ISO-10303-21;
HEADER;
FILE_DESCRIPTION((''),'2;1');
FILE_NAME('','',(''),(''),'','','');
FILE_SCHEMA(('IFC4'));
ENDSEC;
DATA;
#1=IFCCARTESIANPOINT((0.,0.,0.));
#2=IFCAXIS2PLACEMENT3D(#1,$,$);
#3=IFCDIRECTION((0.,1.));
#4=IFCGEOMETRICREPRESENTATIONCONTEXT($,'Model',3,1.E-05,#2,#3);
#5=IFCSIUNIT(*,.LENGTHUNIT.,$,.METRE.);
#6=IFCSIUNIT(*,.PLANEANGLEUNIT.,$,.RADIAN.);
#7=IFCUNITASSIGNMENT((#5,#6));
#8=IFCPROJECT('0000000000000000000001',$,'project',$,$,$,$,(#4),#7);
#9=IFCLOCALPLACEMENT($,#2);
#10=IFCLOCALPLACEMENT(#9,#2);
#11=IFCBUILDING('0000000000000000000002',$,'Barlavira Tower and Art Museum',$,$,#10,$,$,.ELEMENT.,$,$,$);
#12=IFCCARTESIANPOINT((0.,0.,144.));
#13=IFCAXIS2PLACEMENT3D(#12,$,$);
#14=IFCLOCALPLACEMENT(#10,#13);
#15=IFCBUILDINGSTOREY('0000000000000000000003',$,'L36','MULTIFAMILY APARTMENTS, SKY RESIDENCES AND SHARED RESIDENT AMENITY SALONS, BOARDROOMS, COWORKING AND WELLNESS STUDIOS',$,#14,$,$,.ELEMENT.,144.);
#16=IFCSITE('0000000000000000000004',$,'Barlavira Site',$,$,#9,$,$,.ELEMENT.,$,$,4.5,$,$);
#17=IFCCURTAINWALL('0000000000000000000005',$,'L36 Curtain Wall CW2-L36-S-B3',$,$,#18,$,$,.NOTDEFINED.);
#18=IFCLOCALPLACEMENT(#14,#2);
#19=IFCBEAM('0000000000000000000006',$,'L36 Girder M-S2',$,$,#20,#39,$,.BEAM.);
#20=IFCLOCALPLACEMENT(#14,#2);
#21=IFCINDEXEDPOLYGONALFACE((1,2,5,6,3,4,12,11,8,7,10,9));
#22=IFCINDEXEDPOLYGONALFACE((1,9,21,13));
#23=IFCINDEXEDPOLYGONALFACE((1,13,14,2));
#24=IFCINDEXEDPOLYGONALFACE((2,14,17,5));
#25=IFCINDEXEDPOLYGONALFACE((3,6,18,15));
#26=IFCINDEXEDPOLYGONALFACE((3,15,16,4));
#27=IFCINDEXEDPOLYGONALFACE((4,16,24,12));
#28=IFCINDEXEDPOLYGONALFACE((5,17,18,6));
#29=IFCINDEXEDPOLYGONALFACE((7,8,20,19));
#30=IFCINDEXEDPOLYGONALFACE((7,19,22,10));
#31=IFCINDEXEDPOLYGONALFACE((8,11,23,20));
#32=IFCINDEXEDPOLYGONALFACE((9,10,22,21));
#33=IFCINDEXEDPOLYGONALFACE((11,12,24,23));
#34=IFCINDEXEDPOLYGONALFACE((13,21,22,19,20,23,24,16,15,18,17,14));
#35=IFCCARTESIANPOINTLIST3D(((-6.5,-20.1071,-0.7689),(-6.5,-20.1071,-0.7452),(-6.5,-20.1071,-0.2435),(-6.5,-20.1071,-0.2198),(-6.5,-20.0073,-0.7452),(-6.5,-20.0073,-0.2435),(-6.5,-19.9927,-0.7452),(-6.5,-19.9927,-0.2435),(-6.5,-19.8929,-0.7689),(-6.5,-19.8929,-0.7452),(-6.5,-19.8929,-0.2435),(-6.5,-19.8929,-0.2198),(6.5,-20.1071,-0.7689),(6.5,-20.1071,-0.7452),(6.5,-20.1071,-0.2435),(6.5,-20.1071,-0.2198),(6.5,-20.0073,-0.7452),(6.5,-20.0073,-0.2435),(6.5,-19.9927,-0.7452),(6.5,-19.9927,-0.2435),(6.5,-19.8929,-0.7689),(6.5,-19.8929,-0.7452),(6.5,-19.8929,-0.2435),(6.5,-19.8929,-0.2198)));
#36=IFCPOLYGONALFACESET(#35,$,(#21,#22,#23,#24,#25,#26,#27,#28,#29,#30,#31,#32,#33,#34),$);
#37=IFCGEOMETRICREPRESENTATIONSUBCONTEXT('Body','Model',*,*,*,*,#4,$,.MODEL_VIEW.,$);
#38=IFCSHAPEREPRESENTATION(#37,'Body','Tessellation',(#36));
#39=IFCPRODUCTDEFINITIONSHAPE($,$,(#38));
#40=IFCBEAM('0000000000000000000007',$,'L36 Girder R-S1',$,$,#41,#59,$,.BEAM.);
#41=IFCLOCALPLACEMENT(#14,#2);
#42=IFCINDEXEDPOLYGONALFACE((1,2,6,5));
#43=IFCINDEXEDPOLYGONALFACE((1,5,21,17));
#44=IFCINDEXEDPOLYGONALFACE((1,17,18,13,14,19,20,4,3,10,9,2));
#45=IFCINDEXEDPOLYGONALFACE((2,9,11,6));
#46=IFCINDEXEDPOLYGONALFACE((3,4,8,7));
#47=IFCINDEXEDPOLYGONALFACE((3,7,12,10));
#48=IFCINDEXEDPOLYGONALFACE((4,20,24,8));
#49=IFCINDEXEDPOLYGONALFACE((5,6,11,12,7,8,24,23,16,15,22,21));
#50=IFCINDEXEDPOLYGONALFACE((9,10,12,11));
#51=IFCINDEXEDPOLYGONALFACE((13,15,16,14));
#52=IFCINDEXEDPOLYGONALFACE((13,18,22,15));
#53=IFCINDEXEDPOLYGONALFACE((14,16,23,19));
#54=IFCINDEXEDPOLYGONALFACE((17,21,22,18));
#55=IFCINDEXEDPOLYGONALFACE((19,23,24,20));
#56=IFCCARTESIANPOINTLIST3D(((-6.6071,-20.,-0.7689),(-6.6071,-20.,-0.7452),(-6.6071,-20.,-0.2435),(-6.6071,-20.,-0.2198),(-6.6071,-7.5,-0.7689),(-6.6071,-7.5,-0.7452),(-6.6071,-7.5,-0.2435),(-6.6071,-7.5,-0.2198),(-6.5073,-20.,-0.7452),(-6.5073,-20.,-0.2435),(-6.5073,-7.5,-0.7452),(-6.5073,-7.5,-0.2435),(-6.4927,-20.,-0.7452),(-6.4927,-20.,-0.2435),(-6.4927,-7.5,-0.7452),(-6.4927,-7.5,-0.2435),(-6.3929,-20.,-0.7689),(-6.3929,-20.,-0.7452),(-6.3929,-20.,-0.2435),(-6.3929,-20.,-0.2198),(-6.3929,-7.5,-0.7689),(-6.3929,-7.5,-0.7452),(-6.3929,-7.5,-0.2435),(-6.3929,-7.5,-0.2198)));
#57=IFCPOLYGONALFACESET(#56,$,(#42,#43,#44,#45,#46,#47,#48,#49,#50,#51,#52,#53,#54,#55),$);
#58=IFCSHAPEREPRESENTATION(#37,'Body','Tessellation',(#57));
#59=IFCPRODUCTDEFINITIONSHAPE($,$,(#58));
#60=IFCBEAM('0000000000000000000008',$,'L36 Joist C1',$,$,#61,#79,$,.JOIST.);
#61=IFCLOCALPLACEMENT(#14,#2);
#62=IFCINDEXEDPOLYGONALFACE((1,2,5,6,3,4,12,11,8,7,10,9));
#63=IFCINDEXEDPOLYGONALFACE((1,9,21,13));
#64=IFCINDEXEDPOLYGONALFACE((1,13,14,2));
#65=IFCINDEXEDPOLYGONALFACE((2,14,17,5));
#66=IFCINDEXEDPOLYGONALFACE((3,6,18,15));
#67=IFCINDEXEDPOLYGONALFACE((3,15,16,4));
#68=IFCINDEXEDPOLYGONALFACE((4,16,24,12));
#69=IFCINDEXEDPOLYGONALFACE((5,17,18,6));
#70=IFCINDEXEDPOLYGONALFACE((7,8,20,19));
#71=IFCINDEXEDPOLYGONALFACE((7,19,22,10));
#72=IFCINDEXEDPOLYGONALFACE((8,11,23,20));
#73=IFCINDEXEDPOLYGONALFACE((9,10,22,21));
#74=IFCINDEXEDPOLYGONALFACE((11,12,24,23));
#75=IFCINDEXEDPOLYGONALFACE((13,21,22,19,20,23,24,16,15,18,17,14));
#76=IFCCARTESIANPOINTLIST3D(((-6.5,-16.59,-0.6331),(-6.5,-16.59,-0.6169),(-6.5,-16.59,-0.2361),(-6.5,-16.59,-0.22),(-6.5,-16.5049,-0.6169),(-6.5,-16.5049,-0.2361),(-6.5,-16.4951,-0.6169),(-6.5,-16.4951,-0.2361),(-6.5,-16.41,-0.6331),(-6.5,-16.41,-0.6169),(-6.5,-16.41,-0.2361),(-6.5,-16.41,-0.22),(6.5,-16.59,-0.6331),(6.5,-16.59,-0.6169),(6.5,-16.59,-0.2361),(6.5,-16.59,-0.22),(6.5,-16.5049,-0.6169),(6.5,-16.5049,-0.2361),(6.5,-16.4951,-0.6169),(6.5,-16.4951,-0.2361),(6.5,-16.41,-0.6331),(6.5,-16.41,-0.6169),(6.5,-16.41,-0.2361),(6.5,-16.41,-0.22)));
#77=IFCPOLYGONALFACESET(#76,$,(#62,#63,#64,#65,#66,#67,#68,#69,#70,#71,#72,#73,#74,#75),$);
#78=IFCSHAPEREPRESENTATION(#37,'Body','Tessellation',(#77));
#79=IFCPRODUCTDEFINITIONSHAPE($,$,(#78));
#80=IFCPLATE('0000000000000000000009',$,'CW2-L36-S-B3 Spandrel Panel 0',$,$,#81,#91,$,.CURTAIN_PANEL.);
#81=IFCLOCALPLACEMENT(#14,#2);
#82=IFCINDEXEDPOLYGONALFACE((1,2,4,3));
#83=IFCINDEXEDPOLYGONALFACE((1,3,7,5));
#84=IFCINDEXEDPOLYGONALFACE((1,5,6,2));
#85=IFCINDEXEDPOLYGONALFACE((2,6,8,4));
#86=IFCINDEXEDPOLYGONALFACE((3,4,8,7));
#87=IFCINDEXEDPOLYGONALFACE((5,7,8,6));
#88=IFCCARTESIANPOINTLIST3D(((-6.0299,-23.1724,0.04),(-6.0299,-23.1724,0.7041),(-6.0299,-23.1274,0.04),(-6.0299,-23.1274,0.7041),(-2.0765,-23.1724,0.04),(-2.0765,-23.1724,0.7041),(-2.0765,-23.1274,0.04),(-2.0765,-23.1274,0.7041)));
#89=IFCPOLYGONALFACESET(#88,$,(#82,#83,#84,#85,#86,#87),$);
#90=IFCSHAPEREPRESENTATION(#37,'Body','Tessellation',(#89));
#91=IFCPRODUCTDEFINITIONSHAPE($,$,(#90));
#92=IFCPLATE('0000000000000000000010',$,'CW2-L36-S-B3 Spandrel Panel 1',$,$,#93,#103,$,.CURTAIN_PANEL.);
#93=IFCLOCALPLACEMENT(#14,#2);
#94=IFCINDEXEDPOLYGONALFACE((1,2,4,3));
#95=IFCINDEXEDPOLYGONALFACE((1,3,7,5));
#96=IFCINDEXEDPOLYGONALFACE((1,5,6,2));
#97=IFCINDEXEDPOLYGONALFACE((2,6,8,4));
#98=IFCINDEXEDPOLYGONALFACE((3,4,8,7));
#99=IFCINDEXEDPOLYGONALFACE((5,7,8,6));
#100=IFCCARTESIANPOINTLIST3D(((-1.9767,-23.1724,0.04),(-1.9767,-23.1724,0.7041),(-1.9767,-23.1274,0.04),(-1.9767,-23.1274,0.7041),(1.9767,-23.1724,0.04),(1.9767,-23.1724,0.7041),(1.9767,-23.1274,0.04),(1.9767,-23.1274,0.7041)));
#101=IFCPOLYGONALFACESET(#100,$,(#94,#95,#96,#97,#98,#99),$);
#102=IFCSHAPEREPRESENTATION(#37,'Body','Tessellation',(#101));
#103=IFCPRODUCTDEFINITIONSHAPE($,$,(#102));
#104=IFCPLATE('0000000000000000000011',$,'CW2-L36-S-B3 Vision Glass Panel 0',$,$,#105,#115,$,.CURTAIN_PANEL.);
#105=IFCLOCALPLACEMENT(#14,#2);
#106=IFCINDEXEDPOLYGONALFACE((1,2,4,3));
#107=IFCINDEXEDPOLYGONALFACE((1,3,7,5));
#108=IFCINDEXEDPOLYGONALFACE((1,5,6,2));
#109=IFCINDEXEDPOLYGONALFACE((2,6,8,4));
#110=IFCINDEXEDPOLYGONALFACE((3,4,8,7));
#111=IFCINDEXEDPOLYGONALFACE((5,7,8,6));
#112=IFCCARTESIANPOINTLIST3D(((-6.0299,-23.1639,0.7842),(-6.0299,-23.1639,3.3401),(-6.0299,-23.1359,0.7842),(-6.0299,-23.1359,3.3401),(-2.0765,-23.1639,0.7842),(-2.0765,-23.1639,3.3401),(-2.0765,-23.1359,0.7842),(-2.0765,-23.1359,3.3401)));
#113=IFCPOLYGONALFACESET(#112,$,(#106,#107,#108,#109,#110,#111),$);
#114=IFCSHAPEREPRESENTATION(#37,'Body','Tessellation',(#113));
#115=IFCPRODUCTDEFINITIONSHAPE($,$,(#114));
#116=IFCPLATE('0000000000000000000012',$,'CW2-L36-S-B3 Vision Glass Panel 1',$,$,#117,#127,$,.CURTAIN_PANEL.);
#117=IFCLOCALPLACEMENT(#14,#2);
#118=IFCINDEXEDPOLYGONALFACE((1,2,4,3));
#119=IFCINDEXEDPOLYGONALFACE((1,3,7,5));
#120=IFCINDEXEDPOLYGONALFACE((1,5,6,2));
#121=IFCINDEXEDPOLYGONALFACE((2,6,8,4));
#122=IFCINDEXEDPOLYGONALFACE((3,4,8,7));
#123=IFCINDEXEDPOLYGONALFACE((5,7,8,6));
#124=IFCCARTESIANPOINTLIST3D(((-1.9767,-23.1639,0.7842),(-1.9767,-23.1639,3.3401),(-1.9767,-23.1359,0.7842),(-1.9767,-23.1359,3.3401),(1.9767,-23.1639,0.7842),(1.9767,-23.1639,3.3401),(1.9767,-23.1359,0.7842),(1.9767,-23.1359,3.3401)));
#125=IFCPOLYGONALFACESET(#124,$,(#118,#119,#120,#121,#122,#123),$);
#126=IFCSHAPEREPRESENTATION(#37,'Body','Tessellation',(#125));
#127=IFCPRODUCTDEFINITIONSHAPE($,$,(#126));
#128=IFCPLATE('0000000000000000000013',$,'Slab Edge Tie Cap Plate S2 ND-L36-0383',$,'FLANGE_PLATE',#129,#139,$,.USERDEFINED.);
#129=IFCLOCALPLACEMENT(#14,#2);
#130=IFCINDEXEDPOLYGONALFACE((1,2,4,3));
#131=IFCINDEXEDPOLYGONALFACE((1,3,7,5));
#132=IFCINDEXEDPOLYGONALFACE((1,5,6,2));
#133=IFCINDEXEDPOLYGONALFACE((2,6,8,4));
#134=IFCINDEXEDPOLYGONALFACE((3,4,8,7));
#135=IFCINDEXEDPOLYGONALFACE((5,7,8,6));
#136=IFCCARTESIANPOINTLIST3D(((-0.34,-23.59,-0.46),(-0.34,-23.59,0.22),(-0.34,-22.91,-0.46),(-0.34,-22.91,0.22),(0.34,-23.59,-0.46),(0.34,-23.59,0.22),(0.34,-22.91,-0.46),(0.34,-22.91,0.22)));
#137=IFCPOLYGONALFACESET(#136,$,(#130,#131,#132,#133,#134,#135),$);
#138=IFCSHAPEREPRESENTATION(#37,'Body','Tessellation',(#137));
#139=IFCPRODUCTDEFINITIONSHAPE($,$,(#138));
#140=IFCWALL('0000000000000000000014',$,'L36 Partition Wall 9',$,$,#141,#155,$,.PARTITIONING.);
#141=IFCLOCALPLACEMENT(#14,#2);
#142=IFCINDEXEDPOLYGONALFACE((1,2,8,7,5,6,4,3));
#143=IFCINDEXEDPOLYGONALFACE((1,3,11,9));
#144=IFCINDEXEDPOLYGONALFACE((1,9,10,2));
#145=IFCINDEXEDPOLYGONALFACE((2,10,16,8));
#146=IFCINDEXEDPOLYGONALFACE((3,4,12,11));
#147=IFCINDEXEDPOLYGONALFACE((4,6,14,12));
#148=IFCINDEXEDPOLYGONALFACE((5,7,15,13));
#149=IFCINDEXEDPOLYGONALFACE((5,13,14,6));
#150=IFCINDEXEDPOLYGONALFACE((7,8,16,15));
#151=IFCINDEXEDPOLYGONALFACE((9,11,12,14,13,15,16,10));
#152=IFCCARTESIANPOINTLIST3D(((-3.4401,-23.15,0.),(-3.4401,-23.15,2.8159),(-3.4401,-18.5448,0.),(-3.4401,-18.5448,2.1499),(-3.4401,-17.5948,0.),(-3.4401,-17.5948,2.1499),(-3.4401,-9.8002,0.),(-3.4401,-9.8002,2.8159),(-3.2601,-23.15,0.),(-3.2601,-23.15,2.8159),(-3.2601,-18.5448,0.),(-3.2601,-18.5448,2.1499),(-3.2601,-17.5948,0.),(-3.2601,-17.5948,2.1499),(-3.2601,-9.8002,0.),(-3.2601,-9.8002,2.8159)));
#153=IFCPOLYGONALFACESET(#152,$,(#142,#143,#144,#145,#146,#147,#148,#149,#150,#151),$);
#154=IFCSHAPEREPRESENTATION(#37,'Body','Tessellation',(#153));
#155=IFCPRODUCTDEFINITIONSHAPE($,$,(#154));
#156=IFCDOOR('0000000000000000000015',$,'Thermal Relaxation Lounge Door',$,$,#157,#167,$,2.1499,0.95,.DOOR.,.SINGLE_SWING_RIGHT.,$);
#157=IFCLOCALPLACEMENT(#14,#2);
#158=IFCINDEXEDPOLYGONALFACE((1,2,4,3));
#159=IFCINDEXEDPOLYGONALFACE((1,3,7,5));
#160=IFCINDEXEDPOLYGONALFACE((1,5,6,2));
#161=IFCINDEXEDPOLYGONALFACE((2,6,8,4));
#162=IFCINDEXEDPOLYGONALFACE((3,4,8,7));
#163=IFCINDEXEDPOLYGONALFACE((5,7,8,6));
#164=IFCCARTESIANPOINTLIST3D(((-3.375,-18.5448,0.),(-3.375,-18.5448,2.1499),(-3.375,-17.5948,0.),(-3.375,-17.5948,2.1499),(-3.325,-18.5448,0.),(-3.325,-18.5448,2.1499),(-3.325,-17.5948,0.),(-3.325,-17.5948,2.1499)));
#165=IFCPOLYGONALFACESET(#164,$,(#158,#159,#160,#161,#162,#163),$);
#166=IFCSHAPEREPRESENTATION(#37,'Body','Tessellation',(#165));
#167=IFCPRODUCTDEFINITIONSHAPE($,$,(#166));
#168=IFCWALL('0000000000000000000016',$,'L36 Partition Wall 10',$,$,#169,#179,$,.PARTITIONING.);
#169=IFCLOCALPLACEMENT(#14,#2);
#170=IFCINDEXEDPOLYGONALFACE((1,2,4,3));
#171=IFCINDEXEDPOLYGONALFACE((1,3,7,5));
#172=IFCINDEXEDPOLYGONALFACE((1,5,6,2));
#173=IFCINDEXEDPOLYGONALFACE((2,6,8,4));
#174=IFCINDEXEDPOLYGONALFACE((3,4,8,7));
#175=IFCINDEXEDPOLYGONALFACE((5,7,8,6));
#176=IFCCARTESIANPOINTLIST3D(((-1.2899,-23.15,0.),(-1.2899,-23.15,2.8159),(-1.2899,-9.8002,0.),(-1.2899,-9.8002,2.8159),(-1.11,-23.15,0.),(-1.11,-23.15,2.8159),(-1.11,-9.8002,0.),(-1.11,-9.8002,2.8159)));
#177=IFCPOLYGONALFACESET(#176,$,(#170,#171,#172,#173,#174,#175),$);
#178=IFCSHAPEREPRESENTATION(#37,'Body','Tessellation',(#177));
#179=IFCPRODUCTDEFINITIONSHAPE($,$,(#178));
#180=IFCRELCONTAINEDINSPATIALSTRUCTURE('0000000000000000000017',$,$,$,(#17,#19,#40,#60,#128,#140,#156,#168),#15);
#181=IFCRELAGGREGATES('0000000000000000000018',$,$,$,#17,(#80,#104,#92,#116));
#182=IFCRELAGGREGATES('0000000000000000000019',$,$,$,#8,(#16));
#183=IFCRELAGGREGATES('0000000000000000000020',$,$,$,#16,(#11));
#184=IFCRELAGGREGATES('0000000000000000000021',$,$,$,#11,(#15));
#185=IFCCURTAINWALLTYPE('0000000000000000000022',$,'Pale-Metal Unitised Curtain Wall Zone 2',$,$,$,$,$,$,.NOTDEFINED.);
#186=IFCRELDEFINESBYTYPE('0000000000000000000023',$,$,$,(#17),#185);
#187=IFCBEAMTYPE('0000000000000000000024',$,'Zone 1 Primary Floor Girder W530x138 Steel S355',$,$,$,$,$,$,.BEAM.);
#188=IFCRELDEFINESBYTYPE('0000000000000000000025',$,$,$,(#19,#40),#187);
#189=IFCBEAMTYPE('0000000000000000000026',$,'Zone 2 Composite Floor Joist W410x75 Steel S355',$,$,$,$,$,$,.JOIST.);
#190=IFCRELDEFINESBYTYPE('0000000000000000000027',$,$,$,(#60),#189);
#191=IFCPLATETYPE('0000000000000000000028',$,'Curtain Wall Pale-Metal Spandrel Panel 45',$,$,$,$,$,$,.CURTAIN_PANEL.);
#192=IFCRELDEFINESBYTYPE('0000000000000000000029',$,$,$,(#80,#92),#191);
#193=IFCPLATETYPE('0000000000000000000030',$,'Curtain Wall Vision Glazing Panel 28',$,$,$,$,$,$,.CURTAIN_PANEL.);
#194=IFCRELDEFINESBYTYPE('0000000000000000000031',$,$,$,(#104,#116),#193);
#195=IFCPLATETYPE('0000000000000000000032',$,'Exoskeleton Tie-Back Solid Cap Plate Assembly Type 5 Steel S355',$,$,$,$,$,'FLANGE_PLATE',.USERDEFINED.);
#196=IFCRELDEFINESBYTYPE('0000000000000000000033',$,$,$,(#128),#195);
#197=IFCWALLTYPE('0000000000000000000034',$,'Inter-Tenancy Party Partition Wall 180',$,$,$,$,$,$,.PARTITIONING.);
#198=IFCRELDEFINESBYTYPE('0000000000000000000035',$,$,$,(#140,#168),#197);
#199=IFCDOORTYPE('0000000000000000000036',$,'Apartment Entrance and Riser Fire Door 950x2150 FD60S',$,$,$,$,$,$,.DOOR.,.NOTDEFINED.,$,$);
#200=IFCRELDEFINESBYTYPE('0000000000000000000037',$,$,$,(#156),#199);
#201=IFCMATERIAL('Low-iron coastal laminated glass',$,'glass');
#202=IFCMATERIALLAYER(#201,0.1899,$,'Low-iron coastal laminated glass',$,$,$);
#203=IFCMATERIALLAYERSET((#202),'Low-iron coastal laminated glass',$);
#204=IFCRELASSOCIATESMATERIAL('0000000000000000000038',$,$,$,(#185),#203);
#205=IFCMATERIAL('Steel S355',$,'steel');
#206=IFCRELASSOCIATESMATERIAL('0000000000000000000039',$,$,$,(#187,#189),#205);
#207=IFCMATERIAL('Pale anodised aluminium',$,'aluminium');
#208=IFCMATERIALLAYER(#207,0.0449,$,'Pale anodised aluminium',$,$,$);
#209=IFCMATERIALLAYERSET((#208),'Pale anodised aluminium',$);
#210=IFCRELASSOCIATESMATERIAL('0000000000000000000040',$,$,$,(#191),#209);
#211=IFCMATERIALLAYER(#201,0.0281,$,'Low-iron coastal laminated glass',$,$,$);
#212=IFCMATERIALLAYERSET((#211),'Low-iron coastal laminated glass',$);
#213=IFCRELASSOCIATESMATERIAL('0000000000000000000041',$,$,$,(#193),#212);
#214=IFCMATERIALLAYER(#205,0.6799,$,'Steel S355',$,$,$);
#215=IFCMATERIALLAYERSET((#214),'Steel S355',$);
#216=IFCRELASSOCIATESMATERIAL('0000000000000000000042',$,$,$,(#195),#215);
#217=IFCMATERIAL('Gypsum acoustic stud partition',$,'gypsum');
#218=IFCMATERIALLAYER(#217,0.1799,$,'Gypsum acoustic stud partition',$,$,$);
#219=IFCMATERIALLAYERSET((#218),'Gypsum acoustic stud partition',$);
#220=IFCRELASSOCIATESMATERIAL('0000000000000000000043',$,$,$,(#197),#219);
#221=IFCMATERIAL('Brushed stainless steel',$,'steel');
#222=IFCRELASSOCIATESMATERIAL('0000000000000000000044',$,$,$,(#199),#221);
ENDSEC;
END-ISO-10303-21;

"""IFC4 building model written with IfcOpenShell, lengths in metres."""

from ifc_helpers import new_model, si_unit, direction, frame, frame_2d, origin, origin_2d, place, context, subcontext, project, spatial, rectangle, i_section, extrude, material, layer, layer_set, material_profile, profile_set, type_object, element, fill, aggregate, save


model = new_model("IFC4")

# Units and contexts
model_context = context("Model", 3, precision=1e-05, world=origin(), true_north=direction((0.0, 1.0)))
body_context = subcontext(model_context, "Body", "Model", "MODEL_VIEW")
ifc_project = project(units=[si_unit("LENGTHUNIT", "METRE"), si_unit("PLANEANGLEUNIT", "RADIAN")], contexts=[model_context])

# Site, building, storey
site_placement = place(None, origin())
site = spatial("IfcSite", under=ifc_project, at=site_placement, Name="Barlavira Site", CompositionType="ELEMENT", RefElevation=4.5)
building_placement = place(site_placement, origin())
building = spatial("IfcBuilding", under=site, at=building_placement, Name="Barlavira Tower and Art Museum", CompositionType="ELEMENT")
storey_placement = place(building_placement, frame((0.0, 0.0, 144.0)))
storey = spatial("IfcBuildingStorey", under=building, at=storey_placement, Name="L36", Description="MULTIFAMILY APARTMENTS, SKY RESIDENCES AND SHARED RESIDENT AMENITY SALONS, BOARDROOMS, COWORKING AND WELLNESS STUDIOS", CompositionType="ELEMENT", Elevation=144.0)

# Curtain wall
ifc_material_1 = material(Name="Low-iron coastal laminated glass", Category="glass")
ifc_layer_1 = layer(ifc_material_1, 0.1899, Name="Low-iron coastal laminated glass")
ifc_layer_set_1 = layer_set([ifc_layer_1], Name="Low-iron coastal laminated glass")
curtain_wall_type = type_object("IfcCurtainWallType", Name="Pale-Metal Unitised Curtain Wall Zone 2", PredefinedType="NOTDEFINED", material=ifc_layer_set_1)
curtain_wall_placement = place(storey_placement, origin())
curtain_wall = element("IfcCurtainWall", 1, at=curtain_wall_placement, inside=storey, type_object=curtain_wall_type, Name="L36 Curtain Wall CW2-L36-S-B3", PredefinedType="NOTDEFINED")
ifc_material_2 = material(Name="Pale anodised aluminium", Category="aluminium")

# Shared definitions
ifc_material_3 = material(Name="Steel S355", Category="steel")

# Beams
ifc_material_profile_1 = material_profile(ifc_material_3, i_section(OverallWidth=0.2141, OverallDepth=0.5491, WebThickness=0.0146, FlangeThickness=0.0237, at=origin_2d()), Name="W530x138.0")
ifc_profile_set_1 = profile_set([ifc_material_profile_1], Name="Steel S355")
beam_type_1 = type_object("IfcBeamType", Name="Zone 1 Primary Floor Girder W530x138 Steel S355", PredefinedType="BEAM", material=ifc_profile_set_1)
beam_1_placement = place(storey_placement, frame((-6.5, -20.0, -0.4944), z_axis=(1.0, 0.0, 0.0), x_axis=(0.0, 1.0, 0.0)))
element("IfcBeam", 2, at=beam_1_placement, inside=storey, type_object=beam_type_1, Name="L36 Girder M-S2", PredefinedType="BEAM", context=body_context, shape_type="SweptSolid", body=[
    extrude(i_section(OverallWidth=0.2141, OverallDepth=0.5491, WebThickness=0.0146, FlangeThickness=0.0237, at=origin_2d()), origin(), (0.0, 0.0, 1.0), 13.0),
])
beam_2_placement = place(storey_placement, frame((-6.5, -20.0, -0.4944), z_axis=(0.0, 1.0, 0.0), x_axis=(-1.0, 0.0, 0.0)))
element("IfcBeam", 3, at=beam_2_placement, inside=storey, type_object=beam_type_1, Name="L36 Girder R-S1", PredefinedType="BEAM", context=body_context, shape_type="SweptSolid", body=[
    extrude(i_section(OverallWidth=0.2141, OverallDepth=0.5491, WebThickness=0.0146, FlangeThickness=0.0237, at=origin_2d()), origin(), (0.0, 0.0, 1.0), 12.5),
])
ifc_material_profile_2 = material_profile(ifc_material_3, i_section(OverallWidth=0.1799, OverallDepth=0.4131, WebThickness=0.0098, FlangeThickness=0.0161, at=origin_2d()), Name="W410x75.0")
ifc_profile_set_2 = profile_set([ifc_material_profile_2], Name="Steel S355")
beam_type_2 = type_object("IfcBeamType", Name="Zone 2 Composite Floor Joist W410x75 Steel S355", PredefinedType="JOIST", material=ifc_profile_set_2)
beam_3_placement = place(storey_placement, frame((-6.5, -16.5, -0.4265), z_axis=(1.0, 0.0, 0.0), x_axis=(0.0, 1.0, 0.0)))
element("IfcBeam", 4, at=beam_3_placement, inside=storey, type_object=beam_type_2, Name="L36 Joist C1", PredefinedType="JOIST", context=body_context, shape_type="SweptSolid", body=[
    extrude(i_section(OverallWidth=0.1799, OverallDepth=0.4131, WebThickness=0.0098, FlangeThickness=0.0161, at=origin_2d()), origin(), (0.0, 0.0, 1.0), 13.0),
])

# Plates
ifc_layer_2 = layer(ifc_material_2, 0.0449, Name="Pale anodised aluminium")
ifc_layer_set_2 = layer_set([ifc_layer_2], Name="Pale anodised aluminium")
plate_type_1 = type_object("IfcPlateType", Name="Curtain Wall Pale-Metal Spandrel Panel 45", PredefinedType="CURTAIN_PANEL", material=ifc_layer_set_2)
plate_1_placement = place(storey_placement, frame((-4.0532, -23.1499, 0.04), z_axis=(0.0, 0.0, 1.0), x_axis=(1.0, 0.0, 0.0)))
plate_1 = element("IfcPlate", 5, at=plate_1_placement, type_object=plate_type_1, Name="CW2-L36-S-B3 Spandrel Panel 0", PredefinedType="CURTAIN_PANEL", context=body_context, shape_type="SweptSolid", body=[
    extrude(rectangle(XDim=3.9534, YDim=0.0449, at=origin_2d()), origin(), (0.0, 0.0, 1.0), 0.6641),
])
plate_2_placement = place(storey_placement, frame((0.0, -23.1499, 0.04), z_axis=(0.0, 0.0, 1.0), x_axis=(1.0, 0.0, 0.0)))
plate_2 = element("IfcPlate", 6, at=plate_2_placement, type_object=plate_type_1, Name="CW2-L36-S-B3 Spandrel Panel 1", PredefinedType="CURTAIN_PANEL", context=body_context, shape_type="SweptSolid", body=[
    extrude(rectangle(XDim=3.9534, YDim=0.0449, at=origin_2d()), origin(), (0.0, 0.0, 1.0), 0.6641),
])
ifc_layer_3 = layer(ifc_material_1, 0.0281, Name="Low-iron coastal laminated glass")
ifc_layer_set_3 = layer_set([ifc_layer_3], Name="Low-iron coastal laminated glass")
plate_type_2 = type_object("IfcPlateType", Name="Curtain Wall Vision Glazing Panel 28", PredefinedType="CURTAIN_PANEL", material=ifc_layer_set_3)
plate_3_placement = place(storey_placement, frame((-4.0532, -23.1499, 0.7842), z_axis=(0.0, 0.0, 1.0), x_axis=(1.0, 0.0, 0.0)))
plate_3 = element("IfcPlate", 7, at=plate_3_placement, type_object=plate_type_2, Name="CW2-L36-S-B3 Vision Glass Panel 0", PredefinedType="CURTAIN_PANEL", context=body_context, shape_type="SweptSolid", body=[
    extrude(rectangle(XDim=3.9534, YDim=0.0281, at=origin_2d()), origin(), (0.0, 0.0, 1.0), 2.5559),
])
plate_4_placement = place(storey_placement, frame((0.0, -23.1499, 0.7842), z_axis=(0.0, 0.0, 1.0), x_axis=(1.0, 0.0, 0.0)))
plate_4 = element("IfcPlate", 8, at=plate_4_placement, type_object=plate_type_2, Name="CW2-L36-S-B3 Vision Glass Panel 1", PredefinedType="CURTAIN_PANEL", context=body_context, shape_type="SweptSolid", body=[
    extrude(rectangle(XDim=3.9534, YDim=0.0281, at=origin_2d()), origin(), (0.0, 0.0, 1.0), 2.5559),
])
aggregate(curtain_wall, [plate_1, plate_3, plate_2, plate_4])
ifc_layer_4 = layer(ifc_material_3, 0.6799, Name="Steel S355")
ifc_layer_set_4 = layer_set([ifc_layer_4], Name="Steel S355")
plate_type_3 = type_object("IfcPlateType", Name="Exoskeleton Tie-Back Solid Cap Plate Assembly Type 5 Steel S355", ElementType="FLANGE_PLATE", PredefinedType="USERDEFINED", material=ifc_layer_set_4)
plate_5_placement = place(storey_placement, frame((0.0, -23.25, -0.46), z_axis=(0.0, 0.0, 1.0), x_axis=(1.0, 0.0, 0.0)))
element("IfcPlate", 9, at=plate_5_placement, inside=storey, type_object=plate_type_3, Name="Slab Edge Tie Cap Plate S2 ND-L36-0383", ObjectType="FLANGE_PLATE", PredefinedType="USERDEFINED", context=body_context, shape_type="SweptSolid", body=[
    extrude(rectangle(XDim=0.6799, YDim=0.6799, at=origin_2d()), origin(), (0.0, 0.0, 1.0), 0.6799),
])

# Wall, opening, door
ifc_material_4 = material(Name="Gypsum acoustic stud partition", Category="gypsum")
ifc_layer_5 = layer(ifc_material_4, 0.1799, Name="Gypsum acoustic stud partition")
ifc_layer_set_5 = layer_set([ifc_layer_5], Name="Gypsum acoustic stud partition")
wall_type = type_object("IfcWallType", Name="Inter-Tenancy Party Partition Wall 180", PredefinedType="PARTITIONING", material=ifc_layer_set_5)
wall_1_placement = place(storey_placement, frame((-3.3501, -23.1499, 0.0), z_axis=(0.0, 0.0, 1.0), x_axis=(0.0, 1.0, 0.0)))
wall_1 = element("IfcWall", 10, at=wall_1_placement, inside=storey, type_object=wall_type, Name="L36 Partition Wall 9", PredefinedType="PARTITIONING", context=body_context, shape_type="SweptSolid", body=[
    extrude(rectangle(XDim=13.3499, YDim=0.1799, at=frame_2d((6.6748, 0.0))), origin(), (0.0, 0.0, 1.0), 2.8159),
])
opening_1_placement = place(wall_1_placement, frame((4.605, 0.0, 0.0)))
opening_1 = element("IfcOpeningElement", 11, at=opening_1_placement, cuts=wall_1, PredefinedType="OPENING", context=body_context, shape_type="SweptSolid", body=[
    extrude(rectangle(XDim=0.95, YDim=2.1499, at=frame_2d((0.4751, 1.075))), frame((0.0, 0.1001, 0.0), z_axis=(0.0, -1.0, 0.0), x_axis=(1.0, 0.0, 0.0)), (0.0, 0.0, 1.0), 0.2),
])
ifc_material_5 = material(Name="Brushed stainless steel", Category="steel")
door_type = type_object("IfcDoorType", Name="Apartment Entrance and Riser Fire Door 950x2150 FD60S", OperationType="NOTDEFINED", PredefinedType="DOOR", material=ifc_material_5)
door_1_placement = place(opening_1_placement, origin())
door_1 = element("IfcDoor", 12, at=door_1_placement, inside=storey, type_object=door_type, Name="Thermal Relaxation Lounge Door", OperationType="SINGLE_SWING_RIGHT", OverallHeight=2.1499, OverallWidth=0.95, PredefinedType="DOOR", context=body_context, shape_type="SweptSolid", body=[
    extrude(rectangle(XDim=0.95, YDim=2.1499, at=frame_2d((0.4751, 1.075))), frame((0.0, 0.0249, 0.0), z_axis=(0.0, -1.0, 0.0), x_axis=(1.0, 0.0, 0.0)), (0.0, 0.0, 1.0), 0.05),
])
fill(opening_1, door_1)

# Wall
wall_2_placement = place(storey_placement, frame((-1.2, -23.1499, 0.0), z_axis=(0.0, 0.0, 1.0), x_axis=(0.0, 1.0, 0.0)))
element("IfcWall", 13, at=wall_2_placement, inside=storey, type_object=wall_type, Name="L36 Partition Wall 10", PredefinedType="PARTITIONING", context=body_context, shape_type="SweptSolid", body=[
    extrude(rectangle(XDim=13.3499, YDim=0.1799, at=frame_2d((6.6748, 0.0))), origin(), (0.0, 0.0, 1.0), 2.8159),
])

save(model, "model.ifc")
